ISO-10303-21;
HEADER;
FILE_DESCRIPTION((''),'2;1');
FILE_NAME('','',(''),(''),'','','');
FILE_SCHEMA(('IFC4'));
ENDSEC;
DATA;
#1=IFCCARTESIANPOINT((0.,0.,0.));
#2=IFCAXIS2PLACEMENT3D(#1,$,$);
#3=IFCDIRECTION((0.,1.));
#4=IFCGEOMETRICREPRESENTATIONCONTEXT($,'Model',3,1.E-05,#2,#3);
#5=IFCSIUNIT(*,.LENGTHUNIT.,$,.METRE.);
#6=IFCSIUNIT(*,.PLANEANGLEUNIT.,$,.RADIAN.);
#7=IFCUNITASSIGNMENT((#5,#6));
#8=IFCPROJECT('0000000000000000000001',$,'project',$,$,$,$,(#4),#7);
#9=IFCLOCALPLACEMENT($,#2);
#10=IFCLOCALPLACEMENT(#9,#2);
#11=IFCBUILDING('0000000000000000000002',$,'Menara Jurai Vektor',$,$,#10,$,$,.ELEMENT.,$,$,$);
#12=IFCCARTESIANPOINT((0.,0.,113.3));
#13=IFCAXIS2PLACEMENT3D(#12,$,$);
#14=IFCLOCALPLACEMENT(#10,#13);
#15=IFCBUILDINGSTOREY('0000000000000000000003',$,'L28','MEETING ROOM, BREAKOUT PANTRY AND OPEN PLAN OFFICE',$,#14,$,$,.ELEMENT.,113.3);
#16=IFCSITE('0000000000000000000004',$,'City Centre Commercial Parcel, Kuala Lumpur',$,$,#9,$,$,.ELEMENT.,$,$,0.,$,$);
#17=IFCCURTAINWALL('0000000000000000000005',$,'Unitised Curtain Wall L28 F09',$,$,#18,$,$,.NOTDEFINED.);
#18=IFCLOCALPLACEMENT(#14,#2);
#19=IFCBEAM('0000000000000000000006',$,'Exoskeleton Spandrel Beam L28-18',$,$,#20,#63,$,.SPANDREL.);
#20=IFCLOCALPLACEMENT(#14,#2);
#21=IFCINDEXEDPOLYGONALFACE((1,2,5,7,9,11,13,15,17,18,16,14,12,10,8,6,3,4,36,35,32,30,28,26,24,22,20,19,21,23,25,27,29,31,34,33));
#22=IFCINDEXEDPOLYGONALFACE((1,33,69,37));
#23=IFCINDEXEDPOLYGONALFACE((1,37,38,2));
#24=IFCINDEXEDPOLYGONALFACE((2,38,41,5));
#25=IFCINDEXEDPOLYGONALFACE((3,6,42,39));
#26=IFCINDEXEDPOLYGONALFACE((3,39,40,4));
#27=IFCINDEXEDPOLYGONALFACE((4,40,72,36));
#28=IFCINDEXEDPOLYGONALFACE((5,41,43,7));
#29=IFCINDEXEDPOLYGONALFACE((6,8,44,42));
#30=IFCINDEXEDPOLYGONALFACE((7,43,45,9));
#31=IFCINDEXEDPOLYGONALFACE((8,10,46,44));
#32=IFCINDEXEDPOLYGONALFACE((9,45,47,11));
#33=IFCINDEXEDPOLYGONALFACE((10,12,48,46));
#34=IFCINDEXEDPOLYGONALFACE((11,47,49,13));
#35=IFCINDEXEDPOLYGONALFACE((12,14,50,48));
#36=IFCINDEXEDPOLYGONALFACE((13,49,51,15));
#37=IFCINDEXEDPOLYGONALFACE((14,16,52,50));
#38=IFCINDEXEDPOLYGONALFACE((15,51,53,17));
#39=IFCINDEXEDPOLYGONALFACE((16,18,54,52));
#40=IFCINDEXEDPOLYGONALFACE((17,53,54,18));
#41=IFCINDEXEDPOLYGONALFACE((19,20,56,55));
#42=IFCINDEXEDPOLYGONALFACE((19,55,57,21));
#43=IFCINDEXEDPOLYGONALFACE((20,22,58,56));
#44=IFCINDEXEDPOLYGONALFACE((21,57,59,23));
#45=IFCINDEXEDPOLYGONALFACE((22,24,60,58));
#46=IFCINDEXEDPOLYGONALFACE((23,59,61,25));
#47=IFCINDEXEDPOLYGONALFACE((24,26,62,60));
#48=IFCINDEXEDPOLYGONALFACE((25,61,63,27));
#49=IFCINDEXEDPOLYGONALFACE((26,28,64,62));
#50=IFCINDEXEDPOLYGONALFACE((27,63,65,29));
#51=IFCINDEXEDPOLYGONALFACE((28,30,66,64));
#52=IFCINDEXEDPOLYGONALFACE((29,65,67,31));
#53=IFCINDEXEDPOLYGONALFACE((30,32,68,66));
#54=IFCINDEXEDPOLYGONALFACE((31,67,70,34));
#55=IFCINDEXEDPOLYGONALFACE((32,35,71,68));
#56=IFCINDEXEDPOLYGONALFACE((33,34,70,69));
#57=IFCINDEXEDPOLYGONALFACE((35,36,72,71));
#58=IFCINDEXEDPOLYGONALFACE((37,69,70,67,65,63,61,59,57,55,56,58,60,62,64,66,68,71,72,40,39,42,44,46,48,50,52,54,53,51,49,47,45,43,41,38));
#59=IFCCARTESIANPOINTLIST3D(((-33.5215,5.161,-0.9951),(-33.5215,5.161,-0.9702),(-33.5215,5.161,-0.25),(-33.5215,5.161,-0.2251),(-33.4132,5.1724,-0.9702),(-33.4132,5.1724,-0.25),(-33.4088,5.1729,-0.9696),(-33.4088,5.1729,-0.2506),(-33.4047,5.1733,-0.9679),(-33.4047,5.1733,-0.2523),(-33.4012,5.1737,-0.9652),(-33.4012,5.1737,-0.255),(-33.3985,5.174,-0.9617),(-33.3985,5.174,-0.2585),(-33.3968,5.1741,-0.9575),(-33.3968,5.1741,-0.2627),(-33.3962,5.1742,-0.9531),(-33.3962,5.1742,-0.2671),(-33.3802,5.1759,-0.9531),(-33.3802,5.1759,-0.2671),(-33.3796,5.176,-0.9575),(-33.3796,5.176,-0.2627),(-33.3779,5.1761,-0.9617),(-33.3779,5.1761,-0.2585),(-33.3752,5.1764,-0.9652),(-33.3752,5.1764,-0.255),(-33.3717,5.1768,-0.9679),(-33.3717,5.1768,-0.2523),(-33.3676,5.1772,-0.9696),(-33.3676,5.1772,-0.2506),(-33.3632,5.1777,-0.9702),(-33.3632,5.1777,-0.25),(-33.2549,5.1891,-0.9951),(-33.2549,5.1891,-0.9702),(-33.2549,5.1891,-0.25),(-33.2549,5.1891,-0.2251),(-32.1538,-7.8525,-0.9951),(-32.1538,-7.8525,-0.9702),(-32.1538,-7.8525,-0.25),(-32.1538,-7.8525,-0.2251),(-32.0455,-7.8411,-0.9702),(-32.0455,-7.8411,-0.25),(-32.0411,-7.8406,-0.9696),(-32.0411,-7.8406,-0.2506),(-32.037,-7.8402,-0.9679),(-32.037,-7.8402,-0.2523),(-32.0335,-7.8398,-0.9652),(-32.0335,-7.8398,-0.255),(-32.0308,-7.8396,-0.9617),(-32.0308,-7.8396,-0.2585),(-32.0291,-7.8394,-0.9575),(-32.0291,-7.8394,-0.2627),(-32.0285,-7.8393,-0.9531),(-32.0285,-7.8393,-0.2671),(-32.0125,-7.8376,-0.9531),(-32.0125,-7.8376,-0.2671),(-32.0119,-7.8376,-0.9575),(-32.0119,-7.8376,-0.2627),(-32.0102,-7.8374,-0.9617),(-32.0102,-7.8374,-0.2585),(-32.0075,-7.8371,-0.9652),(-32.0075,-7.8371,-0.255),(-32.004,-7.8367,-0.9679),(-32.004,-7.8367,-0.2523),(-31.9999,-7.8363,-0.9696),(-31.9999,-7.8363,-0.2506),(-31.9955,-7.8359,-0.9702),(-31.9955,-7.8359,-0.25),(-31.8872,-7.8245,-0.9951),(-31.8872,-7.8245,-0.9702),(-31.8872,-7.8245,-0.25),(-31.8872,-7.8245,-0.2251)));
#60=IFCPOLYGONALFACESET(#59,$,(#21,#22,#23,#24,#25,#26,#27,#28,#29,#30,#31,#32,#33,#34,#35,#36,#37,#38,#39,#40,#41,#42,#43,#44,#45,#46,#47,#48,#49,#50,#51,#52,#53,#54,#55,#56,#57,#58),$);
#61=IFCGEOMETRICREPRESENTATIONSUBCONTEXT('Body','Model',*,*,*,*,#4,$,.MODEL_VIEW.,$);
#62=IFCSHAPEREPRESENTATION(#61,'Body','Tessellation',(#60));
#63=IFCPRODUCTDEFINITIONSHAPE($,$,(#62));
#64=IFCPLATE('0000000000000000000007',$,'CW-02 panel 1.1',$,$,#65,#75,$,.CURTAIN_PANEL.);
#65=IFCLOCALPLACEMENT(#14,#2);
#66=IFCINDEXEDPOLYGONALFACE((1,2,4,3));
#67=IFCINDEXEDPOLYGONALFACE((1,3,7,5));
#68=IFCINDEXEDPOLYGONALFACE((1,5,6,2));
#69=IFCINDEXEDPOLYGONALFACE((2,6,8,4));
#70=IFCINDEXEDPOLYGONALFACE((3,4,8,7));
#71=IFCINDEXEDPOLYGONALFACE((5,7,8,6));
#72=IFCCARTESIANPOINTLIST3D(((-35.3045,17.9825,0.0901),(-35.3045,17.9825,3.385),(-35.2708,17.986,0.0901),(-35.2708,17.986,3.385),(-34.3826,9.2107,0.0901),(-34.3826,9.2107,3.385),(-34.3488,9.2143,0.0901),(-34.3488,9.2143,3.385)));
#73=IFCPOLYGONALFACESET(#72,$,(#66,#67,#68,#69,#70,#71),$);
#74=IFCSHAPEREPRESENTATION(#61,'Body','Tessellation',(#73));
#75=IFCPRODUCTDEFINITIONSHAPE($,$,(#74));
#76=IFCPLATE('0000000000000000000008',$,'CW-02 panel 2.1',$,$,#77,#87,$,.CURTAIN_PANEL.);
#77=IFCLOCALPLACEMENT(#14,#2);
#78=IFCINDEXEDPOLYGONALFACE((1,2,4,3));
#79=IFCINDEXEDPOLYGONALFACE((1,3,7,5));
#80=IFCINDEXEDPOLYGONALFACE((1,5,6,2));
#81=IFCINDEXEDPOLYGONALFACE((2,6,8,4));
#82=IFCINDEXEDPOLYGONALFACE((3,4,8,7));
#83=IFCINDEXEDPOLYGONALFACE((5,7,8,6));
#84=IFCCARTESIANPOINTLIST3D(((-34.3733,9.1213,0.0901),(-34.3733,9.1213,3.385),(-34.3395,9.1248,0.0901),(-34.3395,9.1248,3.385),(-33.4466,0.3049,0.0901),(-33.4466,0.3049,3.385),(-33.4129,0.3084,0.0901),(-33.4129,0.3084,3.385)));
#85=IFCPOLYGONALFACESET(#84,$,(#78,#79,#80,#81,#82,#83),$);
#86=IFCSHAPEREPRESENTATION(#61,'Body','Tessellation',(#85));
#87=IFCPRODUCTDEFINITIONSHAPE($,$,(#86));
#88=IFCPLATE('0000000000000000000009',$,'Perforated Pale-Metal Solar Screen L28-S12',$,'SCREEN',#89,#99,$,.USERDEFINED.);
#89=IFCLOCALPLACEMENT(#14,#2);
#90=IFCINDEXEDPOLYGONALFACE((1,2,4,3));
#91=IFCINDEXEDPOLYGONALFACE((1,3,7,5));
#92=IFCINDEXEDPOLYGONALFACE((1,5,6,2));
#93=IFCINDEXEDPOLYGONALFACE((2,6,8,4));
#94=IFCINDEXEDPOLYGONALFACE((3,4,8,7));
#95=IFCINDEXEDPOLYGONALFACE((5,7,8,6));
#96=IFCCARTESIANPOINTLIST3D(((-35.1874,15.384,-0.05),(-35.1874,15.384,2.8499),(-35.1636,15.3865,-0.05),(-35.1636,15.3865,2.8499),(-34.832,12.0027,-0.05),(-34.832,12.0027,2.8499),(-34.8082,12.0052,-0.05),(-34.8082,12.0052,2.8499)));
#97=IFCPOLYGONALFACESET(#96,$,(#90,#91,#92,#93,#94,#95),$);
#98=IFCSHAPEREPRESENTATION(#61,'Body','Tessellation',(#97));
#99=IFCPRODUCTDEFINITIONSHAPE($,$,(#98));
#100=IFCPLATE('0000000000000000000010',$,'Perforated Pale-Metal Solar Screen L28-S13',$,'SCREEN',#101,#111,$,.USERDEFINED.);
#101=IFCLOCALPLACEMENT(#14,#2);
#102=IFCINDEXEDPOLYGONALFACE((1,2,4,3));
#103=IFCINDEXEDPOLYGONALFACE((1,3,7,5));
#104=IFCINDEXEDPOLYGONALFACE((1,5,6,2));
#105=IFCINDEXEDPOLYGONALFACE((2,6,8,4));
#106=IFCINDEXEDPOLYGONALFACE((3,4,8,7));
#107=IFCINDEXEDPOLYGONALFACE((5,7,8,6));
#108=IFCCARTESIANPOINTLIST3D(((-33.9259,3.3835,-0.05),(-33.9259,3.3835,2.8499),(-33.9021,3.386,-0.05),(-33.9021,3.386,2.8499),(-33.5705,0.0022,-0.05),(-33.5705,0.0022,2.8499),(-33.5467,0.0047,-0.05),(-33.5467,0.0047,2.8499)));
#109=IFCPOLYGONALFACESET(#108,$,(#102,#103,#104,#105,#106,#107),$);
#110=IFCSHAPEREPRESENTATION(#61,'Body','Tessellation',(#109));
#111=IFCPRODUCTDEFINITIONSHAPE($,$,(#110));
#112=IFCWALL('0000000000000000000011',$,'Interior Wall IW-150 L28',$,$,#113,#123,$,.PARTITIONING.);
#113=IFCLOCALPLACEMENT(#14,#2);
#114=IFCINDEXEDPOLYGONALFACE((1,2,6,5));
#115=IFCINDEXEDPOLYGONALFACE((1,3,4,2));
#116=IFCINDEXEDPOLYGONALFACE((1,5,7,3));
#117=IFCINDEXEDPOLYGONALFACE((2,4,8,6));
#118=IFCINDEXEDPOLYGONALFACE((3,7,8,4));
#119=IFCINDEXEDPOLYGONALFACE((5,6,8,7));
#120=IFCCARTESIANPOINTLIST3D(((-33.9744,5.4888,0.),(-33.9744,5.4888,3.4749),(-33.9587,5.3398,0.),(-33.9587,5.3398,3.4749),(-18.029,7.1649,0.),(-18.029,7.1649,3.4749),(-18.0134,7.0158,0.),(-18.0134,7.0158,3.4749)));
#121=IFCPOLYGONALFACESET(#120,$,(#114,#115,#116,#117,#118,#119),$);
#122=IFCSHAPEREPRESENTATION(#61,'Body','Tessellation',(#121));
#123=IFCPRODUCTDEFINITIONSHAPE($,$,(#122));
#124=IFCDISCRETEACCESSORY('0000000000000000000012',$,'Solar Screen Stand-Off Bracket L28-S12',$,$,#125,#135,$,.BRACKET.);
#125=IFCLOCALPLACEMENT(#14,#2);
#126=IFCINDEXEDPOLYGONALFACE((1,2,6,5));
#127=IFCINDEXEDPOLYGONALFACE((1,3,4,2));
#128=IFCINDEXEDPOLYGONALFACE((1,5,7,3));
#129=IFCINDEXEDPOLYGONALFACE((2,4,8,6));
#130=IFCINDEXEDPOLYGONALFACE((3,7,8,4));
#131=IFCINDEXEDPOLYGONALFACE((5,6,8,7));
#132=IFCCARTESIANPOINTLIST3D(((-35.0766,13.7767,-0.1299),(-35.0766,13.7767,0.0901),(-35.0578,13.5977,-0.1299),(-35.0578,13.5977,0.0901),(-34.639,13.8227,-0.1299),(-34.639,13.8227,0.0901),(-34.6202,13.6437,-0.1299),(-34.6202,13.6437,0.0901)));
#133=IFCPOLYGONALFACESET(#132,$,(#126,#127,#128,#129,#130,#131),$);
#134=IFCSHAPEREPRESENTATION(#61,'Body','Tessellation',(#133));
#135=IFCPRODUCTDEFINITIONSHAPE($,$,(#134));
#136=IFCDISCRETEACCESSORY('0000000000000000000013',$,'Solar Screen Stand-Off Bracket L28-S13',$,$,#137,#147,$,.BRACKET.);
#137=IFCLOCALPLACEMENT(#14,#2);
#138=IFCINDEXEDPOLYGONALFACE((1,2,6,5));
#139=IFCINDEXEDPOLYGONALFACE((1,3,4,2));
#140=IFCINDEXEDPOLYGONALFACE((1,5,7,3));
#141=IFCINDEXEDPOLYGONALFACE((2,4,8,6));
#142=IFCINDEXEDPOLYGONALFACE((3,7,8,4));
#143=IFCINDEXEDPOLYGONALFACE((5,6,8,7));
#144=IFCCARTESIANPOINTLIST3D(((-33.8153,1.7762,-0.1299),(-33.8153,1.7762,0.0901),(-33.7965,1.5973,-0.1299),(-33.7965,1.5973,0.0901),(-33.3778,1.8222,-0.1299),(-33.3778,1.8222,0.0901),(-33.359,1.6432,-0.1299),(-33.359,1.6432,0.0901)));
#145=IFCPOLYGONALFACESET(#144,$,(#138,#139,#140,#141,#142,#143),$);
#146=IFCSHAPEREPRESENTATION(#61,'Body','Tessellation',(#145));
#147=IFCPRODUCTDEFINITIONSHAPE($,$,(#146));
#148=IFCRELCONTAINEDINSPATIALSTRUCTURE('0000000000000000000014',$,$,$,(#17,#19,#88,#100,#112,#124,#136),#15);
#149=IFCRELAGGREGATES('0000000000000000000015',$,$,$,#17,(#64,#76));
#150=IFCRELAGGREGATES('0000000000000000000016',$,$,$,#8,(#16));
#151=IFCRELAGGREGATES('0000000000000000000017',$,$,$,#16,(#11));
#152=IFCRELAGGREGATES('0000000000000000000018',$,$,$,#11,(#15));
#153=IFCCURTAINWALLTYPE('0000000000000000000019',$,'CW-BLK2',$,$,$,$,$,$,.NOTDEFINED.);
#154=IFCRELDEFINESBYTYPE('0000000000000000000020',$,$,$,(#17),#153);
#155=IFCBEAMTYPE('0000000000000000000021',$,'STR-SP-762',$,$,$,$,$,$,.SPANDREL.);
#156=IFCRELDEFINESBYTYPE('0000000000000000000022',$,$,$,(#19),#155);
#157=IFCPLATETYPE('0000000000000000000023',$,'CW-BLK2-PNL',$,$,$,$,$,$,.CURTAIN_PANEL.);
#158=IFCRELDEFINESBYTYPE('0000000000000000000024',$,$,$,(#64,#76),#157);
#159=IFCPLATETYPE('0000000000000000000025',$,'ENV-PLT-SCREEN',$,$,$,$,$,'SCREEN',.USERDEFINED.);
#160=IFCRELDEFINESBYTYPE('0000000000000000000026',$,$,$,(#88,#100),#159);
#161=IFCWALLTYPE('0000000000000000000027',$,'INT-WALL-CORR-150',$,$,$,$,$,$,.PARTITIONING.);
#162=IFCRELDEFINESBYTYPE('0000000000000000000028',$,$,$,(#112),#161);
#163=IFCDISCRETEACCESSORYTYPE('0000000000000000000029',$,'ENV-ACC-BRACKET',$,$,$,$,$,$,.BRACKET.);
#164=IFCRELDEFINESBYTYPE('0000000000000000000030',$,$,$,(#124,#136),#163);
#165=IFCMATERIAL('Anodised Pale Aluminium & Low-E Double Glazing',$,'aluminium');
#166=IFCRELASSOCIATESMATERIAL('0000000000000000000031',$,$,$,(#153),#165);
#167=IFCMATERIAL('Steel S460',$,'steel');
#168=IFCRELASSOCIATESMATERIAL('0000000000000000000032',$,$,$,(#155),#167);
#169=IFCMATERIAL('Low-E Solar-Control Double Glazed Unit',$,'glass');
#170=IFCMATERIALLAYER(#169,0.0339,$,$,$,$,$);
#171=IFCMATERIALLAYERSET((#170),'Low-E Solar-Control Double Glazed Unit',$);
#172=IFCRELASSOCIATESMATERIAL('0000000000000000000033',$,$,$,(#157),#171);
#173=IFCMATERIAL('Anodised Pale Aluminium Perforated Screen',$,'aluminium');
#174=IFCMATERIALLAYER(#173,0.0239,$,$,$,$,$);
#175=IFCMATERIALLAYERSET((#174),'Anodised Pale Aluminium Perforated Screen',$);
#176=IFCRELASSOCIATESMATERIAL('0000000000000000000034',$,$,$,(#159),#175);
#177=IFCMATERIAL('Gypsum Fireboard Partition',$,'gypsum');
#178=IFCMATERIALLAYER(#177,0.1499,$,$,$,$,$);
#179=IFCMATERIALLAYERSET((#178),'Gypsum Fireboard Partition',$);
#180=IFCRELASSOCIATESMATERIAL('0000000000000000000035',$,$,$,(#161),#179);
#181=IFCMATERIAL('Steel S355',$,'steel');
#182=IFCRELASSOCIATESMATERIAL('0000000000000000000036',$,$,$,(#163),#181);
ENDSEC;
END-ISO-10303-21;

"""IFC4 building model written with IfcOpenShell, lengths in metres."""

from ifc_helpers import new_model, si_unit, direction, frame, frame_2d, origin, origin_2d, place, context, subcontext, project, spatial, rectangle, i_section, extrude, material, layer, layer_set, material_profile, profile_set, type_object, element, aggregate, save


model = new_model("IFC4")

# Units and contexts
model_context = context("Model", 3, precision=1e-05, world=origin(), true_north=direction((0.0, 1.0)))
body_context = subcontext(model_context, "Body", "Model", "MODEL_VIEW")
ifc_project = project(units=[si_unit("LENGTHUNIT", "METRE"), si_unit("PLANEANGLEUNIT", "RADIAN")], contexts=[model_context])

# Site, building, storey
site_placement = place(None, origin())
site = spatial("IfcSite", under=ifc_project, at=site_placement, Name="City Centre Commercial Parcel, Kuala Lumpur", CompositionType="ELEMENT", RefElevation=0.0)
building_placement = place(site_placement, origin())
building = spatial("IfcBuilding", under=site, at=building_placement, Name="Menara Jurai Vektor", CompositionType="ELEMENT")
storey_placement = place(building_placement, frame((0.0, 0.0, 113.3)))
storey = spatial("IfcBuildingStorey", under=building, at=storey_placement, Name="L28", Description="MEETING ROOM, BREAKOUT PANTRY AND OPEN PLAN OFFICE", CompositionType="ELEMENT", Elevation=113.3)

# Shared definitions
ifc_material_1 = material(Name="Steel S460", Category="steel")

# Curtain wall
ifc_material_2 = material(Name="Anodised Pale Aluminium & Low-E Double Glazing", Category="aluminium")
curtain_wall_type = type_object("IfcCurtainWallType", Name="CW-BLK2", PredefinedType="NOTDEFINED", material=ifc_material_2)
curtain_wall_placement = place(storey_placement, origin())
curtain_wall = element("IfcCurtainWall", 1, at=curtain_wall_placement, inside=storey, type_object=curtain_wall_type, Name="Unitised Curtain Wall L28 F09", PredefinedType="NOTDEFINED")

# Beam
ifc_material_3 = material(Name="Steel S355", Category="steel")
ifc_material_profile_1 = material_profile(ifc_material_1, i_section(OverallWidth=0.2681, OverallDepth=0.77, WebThickness=0.0161, FlangeThickness=0.0249, FilletRadius=0.0171, at=origin_2d()), Name="UKB 762x267x197")
ifc_profile_set_1 = profile_set([ifc_material_profile_1], Name="Steel S460")
beam_type_1 = type_object("IfcBeamType", Name="STR-SP-762", PredefinedType="SPANDREL", material=ifc_profile_set_1)
beam_1_placement = place(storey_placement, frame((-33.3882, 5.175, -0.6101), z_axis=(0.104522, -0.994523, 0.0), x_axis=(0.994523, 0.104522, 0.0)))
element("IfcBeam", 2, at=beam_1_placement, inside=storey, type_object=beam_type_1, Name="Exoskeleton Spandrel Beam L28-18", PredefinedType="SPANDREL", context=body_context, shape_type="SweptSolid", body=[
    extrude(i_section(OverallWidth=0.2681, OverallDepth=0.77, WebThickness=0.0161, FlangeThickness=0.0249, FilletRadius=0.0171, at=origin_2d()), origin(), (0.0, 0.0, 1.0), 13.0852),
])

# Plates
ifc_material_4 = material(Name="Low-E Solar-Control Double Glazed Unit", Category="glass")
ifc_layer_1 = layer(ifc_material_4, 0.0339)
ifc_layer_set_1 = layer_set([ifc_layer_1], Name="Low-E Solar-Control Double Glazed Unit")
plate_type_1 = type_object("IfcPlateType", Name="CW-BLK2-PNL", PredefinedType="CURTAIN_PANEL", material=ifc_layer_set_1)
plate_1_placement = place(storey_placement, frame((-34.8267, 13.5984, 0.0901), z_axis=(0.0, 0.0, 1.0), x_axis=(0.104531, -0.994522, 0.0)))
plate_1 = element("IfcPlate", 3, at=plate_1_placement, type_object=plate_type_1, Name="CW-02 panel 1.1", PredefinedType="CURTAIN_PANEL", context=body_context, shape_type="SweptSolid", body=[
    extrude(rectangle(XDim=8.8201, YDim=0.0339, at=origin_2d()), origin(), (0.0, 0.0, 1.0), 3.2949),
])
plate_2_placement = place(storey_placement, frame((-33.8931, 4.7148, 0.0901), z_axis=(0.0, 0.0, 1.0), x_axis=(0.104531, -0.994522, 0.0)))
plate_2 = element("IfcPlate", 4, at=plate_2_placement, type_object=plate_type_1, Name="CW-02 panel 2.1", PredefinedType="CURTAIN_PANEL", context=body_context, shape_type="SweptSolid", body=[
    extrude(rectangle(XDim=8.865, YDim=0.0339, at=origin_2d()), origin(), (0.0, 0.0, 1.0), 3.2949),
])
aggregate(curtain_wall, [plate_1, plate_2])

# Plates
ifc_material_5 = material(Name="Anodised Pale Aluminium Perforated Screen", Category="aluminium")
ifc_layer_2 = layer(ifc_material_5, 0.0239)
ifc_layer_set_2 = layer_set([ifc_layer_2], Name="Anodised Pale Aluminium Perforated Screen")
plate_type_2 = type_object("IfcPlateType", Name="ENV-PLT-SCREEN", ElementType="SCREEN", PredefinedType="USERDEFINED", material=ifc_layer_set_2)
for number, where, z_axis, x_axis, name in (
    (5, (-34.9978, 13.6946, -0.05), (0.0, 0.0, 1.0), (0.104528, -0.994522, 0.0), "Perforated Pale-Metal Solar Screen L28-S12"),
    (6, (-33.7363, 1.6941, -0.05), (0.0, 0.0, 1.0), (0.104528, -0.994522, 0.0), "Perforated Pale-Metal Solar Screen L28-S13"),
):
    element("IfcPlate", number, at=place(storey_placement, frame(where, z_axis=z_axis, x_axis=x_axis)), inside=storey, type_object=plate_type_2, Name=name, ObjectType="SCREEN", PredefinedType="USERDEFINED", context=body_context, shape_type="SweptSolid", body=[
        extrude(rectangle(XDim=3.3999, YDim=0.0239, at=origin_2d()), origin(), (0.0, 0.0, 1.0), 2.8999),
    ])

# Wall
ifc_material_6 = material(Name="Gypsum Fireboard Partition", Category="gypsum")
ifc_layer_3 = layer(ifc_material_6, 0.1499)
ifc_layer_set_3 = layer_set([ifc_layer_3], Name="Gypsum Fireboard Partition")
wall_type = type_object("IfcWallType", Name="INT-WALL-CORR-150", PredefinedType="PARTITIONING", material=ifc_layer_set_3)
wall_placement = place(storey_placement, frame((-33.9666, 5.4143, 0.0), z_axis=(0.0, 0.0, 1.0), x_axis=(0.994521, 0.104535, 0.0)))
element("IfcWall", 7, at=wall_placement, inside=storey, type_object=wall_type, Name="Interior Wall IW-150 L28", PredefinedType="PARTITIONING", context=body_context, shape_type="SweptSolid", body=[
    extrude(rectangle(XDim=16.0332, YDim=0.1499, at=frame_2d((8.0166, 0.0))), origin(), (0.0, 0.0, 1.0), 3.4749),
])

# Discrete accessories
discrete_accessory_type = type_object("IfcDiscreteAccessoryType", Name="ENV-ACC-BRACKET", PredefinedType="BRACKET", material=ifc_material_3)
for number, where, z_axis, x_axis, name in (
    (8, (-34.8484, 13.7102, -0.1299), (0.0, 0.0, 1.0), (0.104528, -0.994522, 0.0), "Solar Screen Stand-Off Bracket L28-S12"),
    (9, (-33.5872, 1.7097, -0.1299), (0.0, 0.0, 1.0), (0.104528, -0.994522, 0.0), "Solar Screen Stand-Off Bracket L28-S13"),
):
    element("IfcDiscreteAccessory", number, at=place(storey_placement, frame(where, z_axis=z_axis, x_axis=x_axis)), inside=storey, type_object=discrete_accessory_type, Name=name, PredefinedType="BRACKET", context=body_context, shape_type="SweptSolid", body=[
        extrude(rectangle(XDim=0.1799, YDim=0.4399, at=origin_2d()), origin(), (0.0, 0.0, 1.0), 0.22),
    ])

save(model, "model.ifc")
